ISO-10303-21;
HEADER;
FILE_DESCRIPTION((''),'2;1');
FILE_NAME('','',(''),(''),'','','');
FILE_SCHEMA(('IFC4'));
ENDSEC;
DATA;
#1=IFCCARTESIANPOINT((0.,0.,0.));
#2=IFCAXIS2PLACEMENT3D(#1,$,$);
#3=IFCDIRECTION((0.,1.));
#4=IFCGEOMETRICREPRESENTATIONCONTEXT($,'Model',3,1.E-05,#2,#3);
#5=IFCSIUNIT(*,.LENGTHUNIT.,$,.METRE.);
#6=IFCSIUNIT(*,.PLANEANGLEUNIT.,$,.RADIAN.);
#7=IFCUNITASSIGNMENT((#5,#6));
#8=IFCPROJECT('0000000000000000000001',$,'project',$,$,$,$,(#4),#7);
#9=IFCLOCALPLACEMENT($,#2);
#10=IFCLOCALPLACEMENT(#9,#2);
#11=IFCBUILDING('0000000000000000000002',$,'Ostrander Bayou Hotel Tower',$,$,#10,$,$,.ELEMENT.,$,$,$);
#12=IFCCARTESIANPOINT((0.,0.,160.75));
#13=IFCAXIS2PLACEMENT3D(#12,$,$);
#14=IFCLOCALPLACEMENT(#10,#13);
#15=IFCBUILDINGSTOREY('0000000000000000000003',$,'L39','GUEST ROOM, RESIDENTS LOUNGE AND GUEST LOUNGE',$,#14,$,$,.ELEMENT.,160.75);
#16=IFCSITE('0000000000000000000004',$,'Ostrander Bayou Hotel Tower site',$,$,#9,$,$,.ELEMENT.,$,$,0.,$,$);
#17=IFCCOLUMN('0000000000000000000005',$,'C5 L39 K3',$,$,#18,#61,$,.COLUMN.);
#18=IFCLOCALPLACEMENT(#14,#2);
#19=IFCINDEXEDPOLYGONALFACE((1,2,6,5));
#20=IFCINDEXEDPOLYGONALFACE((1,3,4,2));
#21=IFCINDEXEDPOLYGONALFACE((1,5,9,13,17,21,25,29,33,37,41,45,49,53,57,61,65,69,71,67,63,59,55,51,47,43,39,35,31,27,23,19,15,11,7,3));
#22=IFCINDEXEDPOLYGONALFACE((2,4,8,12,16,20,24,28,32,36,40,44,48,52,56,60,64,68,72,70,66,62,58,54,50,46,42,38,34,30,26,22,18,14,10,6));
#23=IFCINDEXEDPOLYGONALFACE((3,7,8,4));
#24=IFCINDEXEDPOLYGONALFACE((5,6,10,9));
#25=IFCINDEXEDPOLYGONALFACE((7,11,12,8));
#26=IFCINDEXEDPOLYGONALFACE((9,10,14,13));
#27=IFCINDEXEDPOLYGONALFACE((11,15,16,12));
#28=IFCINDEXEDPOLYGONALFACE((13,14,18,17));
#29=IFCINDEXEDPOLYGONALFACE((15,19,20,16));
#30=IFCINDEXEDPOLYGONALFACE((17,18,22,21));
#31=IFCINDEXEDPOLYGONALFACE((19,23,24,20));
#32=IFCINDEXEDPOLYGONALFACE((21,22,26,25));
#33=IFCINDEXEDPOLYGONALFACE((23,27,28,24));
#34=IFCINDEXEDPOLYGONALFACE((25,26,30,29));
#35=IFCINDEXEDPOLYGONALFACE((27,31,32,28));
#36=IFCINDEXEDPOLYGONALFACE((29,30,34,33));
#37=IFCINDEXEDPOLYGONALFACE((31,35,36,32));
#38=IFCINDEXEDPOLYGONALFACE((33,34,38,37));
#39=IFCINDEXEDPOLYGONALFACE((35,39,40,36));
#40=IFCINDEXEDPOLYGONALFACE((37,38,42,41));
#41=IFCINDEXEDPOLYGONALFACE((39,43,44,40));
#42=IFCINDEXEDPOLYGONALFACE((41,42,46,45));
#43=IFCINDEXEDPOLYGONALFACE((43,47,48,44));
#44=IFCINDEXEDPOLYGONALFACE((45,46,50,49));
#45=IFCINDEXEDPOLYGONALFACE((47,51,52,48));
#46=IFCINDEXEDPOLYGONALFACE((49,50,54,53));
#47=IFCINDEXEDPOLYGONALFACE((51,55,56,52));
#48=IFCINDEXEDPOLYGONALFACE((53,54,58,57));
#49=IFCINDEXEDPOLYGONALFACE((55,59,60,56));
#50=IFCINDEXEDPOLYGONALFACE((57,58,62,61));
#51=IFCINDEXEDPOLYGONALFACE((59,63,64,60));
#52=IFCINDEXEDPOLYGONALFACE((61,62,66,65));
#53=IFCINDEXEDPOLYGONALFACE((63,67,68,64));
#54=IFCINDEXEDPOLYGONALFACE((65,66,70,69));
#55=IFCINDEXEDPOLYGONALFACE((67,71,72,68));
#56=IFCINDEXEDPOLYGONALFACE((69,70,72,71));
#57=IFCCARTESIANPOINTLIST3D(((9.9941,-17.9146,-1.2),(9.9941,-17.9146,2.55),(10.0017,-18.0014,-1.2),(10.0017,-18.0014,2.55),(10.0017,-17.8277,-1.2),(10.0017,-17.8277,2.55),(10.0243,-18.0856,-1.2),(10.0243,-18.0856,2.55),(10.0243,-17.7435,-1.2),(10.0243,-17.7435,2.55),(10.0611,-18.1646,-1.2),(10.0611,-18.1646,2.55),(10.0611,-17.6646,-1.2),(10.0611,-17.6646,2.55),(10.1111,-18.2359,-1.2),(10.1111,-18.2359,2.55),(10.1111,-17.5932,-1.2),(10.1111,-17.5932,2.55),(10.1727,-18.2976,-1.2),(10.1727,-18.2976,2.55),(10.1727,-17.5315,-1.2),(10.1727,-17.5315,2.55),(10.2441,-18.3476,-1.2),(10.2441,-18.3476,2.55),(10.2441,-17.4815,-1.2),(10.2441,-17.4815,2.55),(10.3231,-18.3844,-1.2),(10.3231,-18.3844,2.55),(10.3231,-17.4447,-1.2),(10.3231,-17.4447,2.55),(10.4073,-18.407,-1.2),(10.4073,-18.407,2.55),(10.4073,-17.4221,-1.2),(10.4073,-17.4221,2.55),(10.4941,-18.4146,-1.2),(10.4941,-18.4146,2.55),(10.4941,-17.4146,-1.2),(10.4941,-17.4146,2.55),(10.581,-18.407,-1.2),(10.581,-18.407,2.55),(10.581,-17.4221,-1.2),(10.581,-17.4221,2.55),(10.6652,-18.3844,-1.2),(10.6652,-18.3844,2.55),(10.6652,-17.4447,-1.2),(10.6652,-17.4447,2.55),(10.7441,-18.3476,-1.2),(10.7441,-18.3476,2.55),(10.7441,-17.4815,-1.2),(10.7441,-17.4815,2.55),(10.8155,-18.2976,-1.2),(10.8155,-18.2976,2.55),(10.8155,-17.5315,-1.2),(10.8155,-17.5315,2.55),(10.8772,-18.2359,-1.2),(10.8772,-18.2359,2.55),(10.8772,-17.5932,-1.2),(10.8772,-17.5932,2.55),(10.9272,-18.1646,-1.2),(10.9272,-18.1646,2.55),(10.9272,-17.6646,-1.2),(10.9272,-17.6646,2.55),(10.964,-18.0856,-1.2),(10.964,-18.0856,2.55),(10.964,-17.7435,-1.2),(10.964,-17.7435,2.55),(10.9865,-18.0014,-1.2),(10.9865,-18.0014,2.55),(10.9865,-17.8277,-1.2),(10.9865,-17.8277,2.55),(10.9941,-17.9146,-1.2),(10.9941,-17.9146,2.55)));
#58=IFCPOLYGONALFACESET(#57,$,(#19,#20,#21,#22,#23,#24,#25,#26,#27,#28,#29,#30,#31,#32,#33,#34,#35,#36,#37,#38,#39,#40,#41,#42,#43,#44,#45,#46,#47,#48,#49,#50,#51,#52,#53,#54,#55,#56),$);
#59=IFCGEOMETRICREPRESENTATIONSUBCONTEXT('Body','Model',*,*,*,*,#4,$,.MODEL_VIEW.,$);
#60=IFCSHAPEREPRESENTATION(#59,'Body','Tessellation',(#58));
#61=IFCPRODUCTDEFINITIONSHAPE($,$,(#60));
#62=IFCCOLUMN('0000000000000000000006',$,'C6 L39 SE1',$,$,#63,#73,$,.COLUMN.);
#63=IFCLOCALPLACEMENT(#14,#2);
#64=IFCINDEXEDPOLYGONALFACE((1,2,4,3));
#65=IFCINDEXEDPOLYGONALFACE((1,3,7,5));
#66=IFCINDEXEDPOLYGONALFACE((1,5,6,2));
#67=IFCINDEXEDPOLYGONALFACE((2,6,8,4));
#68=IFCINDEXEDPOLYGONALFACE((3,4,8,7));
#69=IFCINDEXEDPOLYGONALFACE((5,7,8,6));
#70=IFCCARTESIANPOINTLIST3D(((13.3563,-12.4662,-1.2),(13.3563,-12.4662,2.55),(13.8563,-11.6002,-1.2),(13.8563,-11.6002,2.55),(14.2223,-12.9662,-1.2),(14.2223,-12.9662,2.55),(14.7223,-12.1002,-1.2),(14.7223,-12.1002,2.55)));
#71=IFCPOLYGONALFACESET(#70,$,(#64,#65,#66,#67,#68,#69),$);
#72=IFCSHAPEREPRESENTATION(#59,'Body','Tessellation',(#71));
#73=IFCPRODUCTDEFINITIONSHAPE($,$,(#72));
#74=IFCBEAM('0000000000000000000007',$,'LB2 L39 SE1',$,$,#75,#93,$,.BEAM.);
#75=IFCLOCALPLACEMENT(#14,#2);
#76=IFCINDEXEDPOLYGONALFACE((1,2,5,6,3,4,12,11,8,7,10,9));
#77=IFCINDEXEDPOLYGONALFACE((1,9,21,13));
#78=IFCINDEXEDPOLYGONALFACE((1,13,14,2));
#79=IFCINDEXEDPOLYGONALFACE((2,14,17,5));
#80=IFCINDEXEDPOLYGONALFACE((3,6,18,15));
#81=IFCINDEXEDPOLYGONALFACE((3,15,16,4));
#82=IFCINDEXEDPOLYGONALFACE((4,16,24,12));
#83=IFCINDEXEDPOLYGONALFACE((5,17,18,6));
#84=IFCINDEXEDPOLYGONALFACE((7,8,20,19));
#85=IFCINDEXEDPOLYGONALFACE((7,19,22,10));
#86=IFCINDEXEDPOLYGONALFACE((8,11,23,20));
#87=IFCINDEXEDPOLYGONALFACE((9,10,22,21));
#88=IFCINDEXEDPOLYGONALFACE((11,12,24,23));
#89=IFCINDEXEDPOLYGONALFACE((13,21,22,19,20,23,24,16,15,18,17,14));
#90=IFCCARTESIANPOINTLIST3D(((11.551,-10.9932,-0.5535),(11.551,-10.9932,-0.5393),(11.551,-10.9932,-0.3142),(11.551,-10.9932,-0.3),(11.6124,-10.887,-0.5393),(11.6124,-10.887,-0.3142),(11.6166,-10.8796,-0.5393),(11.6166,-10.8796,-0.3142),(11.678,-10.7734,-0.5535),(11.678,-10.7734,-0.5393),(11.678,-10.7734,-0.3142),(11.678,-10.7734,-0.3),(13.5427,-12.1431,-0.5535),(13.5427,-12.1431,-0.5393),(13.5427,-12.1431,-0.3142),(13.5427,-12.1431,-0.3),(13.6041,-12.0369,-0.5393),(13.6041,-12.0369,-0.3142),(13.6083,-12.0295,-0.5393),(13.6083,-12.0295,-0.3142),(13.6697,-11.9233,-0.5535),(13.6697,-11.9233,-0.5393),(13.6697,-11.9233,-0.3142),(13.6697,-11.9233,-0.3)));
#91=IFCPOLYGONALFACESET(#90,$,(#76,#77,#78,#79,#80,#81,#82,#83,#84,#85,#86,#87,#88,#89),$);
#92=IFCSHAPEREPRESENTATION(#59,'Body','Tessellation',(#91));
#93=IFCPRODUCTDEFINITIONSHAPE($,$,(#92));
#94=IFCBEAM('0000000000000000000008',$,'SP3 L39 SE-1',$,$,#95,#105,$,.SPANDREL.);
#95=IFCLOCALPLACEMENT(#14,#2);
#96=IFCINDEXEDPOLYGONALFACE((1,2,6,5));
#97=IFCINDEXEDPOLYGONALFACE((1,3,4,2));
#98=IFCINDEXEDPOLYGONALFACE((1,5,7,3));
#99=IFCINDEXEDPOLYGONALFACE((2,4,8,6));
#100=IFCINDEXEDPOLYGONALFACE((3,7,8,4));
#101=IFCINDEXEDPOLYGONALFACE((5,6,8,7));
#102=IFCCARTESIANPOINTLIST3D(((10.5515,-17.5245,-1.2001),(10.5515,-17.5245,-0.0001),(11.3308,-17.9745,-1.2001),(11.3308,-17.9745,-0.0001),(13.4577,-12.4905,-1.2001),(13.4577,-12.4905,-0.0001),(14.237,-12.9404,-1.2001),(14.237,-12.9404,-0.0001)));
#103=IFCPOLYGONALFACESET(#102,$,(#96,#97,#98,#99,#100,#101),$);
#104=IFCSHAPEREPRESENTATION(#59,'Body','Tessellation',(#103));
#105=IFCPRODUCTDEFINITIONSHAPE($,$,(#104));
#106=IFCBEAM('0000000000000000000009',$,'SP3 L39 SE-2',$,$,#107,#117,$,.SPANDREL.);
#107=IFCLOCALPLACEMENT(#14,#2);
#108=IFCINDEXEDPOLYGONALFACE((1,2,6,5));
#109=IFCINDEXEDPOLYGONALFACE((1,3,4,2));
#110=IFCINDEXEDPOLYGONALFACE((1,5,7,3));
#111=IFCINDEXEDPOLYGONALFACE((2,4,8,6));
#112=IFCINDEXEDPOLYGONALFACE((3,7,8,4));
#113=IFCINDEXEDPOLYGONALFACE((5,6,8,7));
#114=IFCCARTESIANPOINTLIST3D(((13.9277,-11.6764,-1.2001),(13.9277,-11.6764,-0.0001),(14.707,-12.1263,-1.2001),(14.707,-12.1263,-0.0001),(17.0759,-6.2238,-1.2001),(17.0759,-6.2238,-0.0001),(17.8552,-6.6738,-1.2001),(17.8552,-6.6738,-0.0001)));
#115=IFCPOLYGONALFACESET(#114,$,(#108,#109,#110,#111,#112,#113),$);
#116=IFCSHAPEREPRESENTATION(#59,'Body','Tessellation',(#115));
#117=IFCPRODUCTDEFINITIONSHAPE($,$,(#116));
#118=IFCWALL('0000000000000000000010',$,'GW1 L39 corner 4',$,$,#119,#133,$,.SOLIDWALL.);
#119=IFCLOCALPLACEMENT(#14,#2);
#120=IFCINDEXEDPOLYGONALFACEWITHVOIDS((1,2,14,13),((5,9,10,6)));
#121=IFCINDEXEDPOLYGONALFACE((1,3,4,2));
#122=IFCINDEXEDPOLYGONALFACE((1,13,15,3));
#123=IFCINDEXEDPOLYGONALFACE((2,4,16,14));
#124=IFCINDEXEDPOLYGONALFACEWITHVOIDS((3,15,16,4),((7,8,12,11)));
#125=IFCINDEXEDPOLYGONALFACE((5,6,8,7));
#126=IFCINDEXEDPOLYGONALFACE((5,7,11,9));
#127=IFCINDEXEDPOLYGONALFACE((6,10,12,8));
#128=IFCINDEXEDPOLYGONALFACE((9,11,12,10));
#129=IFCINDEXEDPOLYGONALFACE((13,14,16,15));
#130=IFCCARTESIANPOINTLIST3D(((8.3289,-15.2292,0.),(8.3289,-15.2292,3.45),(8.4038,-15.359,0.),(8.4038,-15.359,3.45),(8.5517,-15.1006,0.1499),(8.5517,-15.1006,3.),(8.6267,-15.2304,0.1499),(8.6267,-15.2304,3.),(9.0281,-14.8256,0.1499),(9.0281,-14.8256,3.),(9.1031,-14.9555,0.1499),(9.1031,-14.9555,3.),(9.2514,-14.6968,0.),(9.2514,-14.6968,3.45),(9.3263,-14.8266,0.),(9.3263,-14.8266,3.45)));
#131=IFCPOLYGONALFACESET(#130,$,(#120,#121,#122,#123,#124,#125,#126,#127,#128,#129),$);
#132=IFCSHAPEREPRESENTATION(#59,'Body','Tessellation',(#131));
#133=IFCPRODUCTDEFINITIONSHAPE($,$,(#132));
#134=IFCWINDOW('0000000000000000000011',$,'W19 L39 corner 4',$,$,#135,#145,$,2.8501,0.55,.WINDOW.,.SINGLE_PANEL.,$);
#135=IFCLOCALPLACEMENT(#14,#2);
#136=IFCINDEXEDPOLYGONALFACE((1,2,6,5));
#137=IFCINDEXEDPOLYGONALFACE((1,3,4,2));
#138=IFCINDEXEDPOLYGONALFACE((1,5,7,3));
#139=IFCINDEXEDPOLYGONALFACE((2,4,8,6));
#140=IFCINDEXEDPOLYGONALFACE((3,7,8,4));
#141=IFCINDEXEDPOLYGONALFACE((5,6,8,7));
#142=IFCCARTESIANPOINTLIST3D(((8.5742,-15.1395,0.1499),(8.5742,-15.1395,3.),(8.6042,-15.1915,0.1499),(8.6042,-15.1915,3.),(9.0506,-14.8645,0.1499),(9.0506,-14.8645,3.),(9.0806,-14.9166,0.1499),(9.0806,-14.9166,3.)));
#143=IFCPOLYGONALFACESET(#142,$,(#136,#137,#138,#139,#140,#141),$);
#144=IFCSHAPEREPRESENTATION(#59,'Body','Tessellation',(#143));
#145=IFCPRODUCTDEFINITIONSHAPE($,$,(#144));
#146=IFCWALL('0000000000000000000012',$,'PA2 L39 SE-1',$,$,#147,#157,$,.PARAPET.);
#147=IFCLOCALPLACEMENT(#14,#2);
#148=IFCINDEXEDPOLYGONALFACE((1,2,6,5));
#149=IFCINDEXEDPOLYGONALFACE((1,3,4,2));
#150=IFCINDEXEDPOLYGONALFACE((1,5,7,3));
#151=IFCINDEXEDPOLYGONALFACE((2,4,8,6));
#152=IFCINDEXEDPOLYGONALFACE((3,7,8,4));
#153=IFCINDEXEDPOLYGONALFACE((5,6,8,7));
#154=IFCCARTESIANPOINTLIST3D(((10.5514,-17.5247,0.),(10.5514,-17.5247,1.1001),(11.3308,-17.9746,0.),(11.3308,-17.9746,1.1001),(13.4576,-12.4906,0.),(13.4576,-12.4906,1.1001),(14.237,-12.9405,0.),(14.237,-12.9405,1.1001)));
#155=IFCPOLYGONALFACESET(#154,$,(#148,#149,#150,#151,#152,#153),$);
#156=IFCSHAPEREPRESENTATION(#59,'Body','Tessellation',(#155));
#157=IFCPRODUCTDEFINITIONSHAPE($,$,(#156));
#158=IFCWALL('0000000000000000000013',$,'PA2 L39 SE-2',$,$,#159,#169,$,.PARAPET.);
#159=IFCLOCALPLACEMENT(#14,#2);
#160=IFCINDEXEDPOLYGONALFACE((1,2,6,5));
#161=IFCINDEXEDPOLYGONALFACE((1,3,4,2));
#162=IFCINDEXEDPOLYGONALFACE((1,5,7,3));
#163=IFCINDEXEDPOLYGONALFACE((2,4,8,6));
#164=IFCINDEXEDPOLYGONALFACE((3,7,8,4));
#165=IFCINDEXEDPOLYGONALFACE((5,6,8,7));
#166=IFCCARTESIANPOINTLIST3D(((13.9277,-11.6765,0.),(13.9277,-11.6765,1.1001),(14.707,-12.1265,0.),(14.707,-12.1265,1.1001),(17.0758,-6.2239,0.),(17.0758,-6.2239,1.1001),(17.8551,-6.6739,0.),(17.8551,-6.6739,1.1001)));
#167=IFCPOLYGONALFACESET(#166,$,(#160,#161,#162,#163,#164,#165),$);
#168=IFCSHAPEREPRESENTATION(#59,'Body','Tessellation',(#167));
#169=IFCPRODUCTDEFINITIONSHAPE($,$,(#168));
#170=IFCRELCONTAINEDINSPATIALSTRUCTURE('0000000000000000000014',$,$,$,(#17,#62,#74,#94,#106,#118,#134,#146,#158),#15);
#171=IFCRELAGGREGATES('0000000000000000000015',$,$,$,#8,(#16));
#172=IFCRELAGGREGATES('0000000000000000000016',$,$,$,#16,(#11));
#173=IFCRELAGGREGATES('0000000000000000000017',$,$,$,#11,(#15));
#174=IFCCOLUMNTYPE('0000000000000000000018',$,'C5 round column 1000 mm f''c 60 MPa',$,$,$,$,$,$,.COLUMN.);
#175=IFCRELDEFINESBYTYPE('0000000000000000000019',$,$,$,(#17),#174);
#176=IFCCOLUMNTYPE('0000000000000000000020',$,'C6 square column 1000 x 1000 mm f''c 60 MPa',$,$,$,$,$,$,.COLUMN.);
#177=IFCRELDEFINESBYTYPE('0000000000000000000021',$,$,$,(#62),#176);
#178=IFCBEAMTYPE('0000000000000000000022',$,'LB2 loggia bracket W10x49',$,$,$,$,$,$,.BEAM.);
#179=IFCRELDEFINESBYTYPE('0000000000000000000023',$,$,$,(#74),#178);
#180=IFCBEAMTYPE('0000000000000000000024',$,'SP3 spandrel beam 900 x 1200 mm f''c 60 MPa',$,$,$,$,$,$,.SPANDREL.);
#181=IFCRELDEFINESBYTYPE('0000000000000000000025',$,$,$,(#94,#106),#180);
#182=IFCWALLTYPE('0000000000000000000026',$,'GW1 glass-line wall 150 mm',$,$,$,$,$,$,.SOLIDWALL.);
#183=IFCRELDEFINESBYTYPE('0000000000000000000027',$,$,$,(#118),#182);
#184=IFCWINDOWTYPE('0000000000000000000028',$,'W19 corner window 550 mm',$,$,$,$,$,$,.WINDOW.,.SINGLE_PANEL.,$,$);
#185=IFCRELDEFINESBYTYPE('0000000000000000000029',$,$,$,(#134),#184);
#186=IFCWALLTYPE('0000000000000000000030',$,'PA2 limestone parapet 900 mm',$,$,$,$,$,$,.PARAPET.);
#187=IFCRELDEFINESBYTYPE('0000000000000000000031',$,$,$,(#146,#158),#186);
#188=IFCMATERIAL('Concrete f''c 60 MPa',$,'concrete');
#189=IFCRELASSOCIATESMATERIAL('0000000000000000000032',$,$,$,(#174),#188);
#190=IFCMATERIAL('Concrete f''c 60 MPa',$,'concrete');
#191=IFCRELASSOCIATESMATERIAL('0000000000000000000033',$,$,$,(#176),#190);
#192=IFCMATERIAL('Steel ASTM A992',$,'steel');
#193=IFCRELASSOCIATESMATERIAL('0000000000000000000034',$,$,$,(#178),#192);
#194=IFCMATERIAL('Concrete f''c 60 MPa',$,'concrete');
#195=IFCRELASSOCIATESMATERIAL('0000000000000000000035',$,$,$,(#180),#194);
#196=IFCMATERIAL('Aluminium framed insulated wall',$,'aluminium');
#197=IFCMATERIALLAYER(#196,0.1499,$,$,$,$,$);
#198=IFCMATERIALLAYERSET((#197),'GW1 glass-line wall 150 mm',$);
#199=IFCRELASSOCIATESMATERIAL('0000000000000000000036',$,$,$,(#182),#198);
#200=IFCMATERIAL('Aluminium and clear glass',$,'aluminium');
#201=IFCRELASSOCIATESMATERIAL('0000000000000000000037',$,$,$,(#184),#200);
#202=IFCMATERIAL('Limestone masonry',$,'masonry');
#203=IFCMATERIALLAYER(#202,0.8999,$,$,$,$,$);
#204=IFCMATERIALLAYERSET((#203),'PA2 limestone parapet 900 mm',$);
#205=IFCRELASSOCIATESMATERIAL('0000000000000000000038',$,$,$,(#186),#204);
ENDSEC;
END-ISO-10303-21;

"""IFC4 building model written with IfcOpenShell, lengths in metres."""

from ifc_helpers import new_model, si_unit, direction, frame, frame_2d, origin, origin_2d, place, context, subcontext, project, spatial, rectangle, circle, i_section, extrude, material, layer, layer_set, material_profile, profile_set, type_object, element, fill, save


model = new_model("IFC4")

# Units and contexts
model_context = context("Model", 3, precision=1e-05, world=origin(), true_north=direction((0.0, 1.0)))
body_context = subcontext(model_context, "Body", "Model", "MODEL_VIEW")
ifc_project = project(units=[si_unit("LENGTHUNIT", "METRE"), si_unit("PLANEANGLEUNIT", "RADIAN")], contexts=[model_context])

# Site, building, storey
site_placement = place(None, origin())
site = spatial("IfcSite", under=ifc_project, at=site_placement, Name="Ostrander Bayou Hotel Tower site", CompositionType="ELEMENT", RefElevation=0.0)
building_placement = place(site_placement, origin())
building = spatial("IfcBuilding", under=site, at=building_placement, Name="Ostrander Bayou Hotel Tower", CompositionType="ELEMENT")
storey_placement = place(building_placement, frame((0.0, 0.0, 160.75)))
storey = spatial("IfcBuildingStorey", under=building, at=storey_placement, Name="L39", Description="GUEST ROOM, RESIDENTS LOUNGE AND GUEST LOUNGE", CompositionType="ELEMENT", Elevation=160.75)

# Columns
ifc_material_1 = material(Name="Concrete f'c 60 MPa", Category="concrete")
ifc_material_profile_1 = material_profile(ifc_material_1, circle(Radius=0.5, at=origin_2d()))
ifc_profile_set_1 = profile_set([ifc_material_profile_1], Name="Concrete f'c 60 MPa")
column_type_1 = type_object("IfcColumnType", Name="C5 round column 1000 mm f'c 60 MPa", PredefinedType="COLUMN", material=ifc_profile_set_1)
column_1_placement = place(storey_placement, frame((10.4941, -17.9146, -1.2), z_axis=(0.0, 0.0, 1.0), x_axis=(1.0, 0.0, 0.0)))
element("IfcColumn", 1, at=column_1_placement, inside=storey, type_object=column_type_1, Name="C5 L39 K3", PredefinedType="COLUMN", context=body_context, shape_type="SweptSolid", body=[
    extrude(circle(Radius=0.5, at=origin_2d()), origin(), (0.0, 0.0, 1.0), 3.75),
])
ifc_material_2 = material(Name="Concrete f'c 60 MPa", Category="concrete")
ifc_material_profile_2 = material_profile(ifc_material_2, rectangle(XDim=1.0, YDim=1.0, at=origin_2d()))
ifc_profile_set_2 = profile_set([ifc_material_profile_2], Name="Concrete f'c 60 MPa")
column_type_2 = type_object("IfcColumnType", Name="C6 square column 1000 x 1000 mm f'c 60 MPa", PredefinedType="COLUMN", material=ifc_profile_set_2)
column_2_placement = place(storey_placement, frame((14.0393, -12.2832, -1.2), z_axis=(0.0, 0.0, 1.0), x_axis=(-0.5, -0.866025, 0.0)))
element("IfcColumn", 2, at=column_2_placement, inside=storey, type_object=column_type_2, Name="C6 L39 SE1", PredefinedType="COLUMN", context=body_context, shape_type="SweptSolid", body=[
    extrude(rectangle(XDim=1.0, YDim=1.0, at=origin_2d()), origin(), (0.0, 0.0, 1.0), 3.75),
])

# Beams
ifc_material_3 = material(Name="Steel ASTM A992", Category="steel")
ifc_material_profile_3 = material_profile(ifc_material_3, i_section(OverallWidth=0.2539, OverallDepth=0.2534, WebThickness=0.0085, FlangeThickness=0.0142, at=origin_2d()))
ifc_profile_set_3 = profile_set([ifc_material_profile_3], Name="Steel ASTM A992")
beam_type_1 = type_object("IfcBeamType", Name="LB2 loggia bracket W10x49", PredefinedType="BEAM", material=ifc_profile_set_3)
beam_1_placement = place(storey_placement, frame((13.6062, -12.0332, -0.4268), z_axis=(-0.866026, 0.499998, 0.0), x_axis=(-0.499998, -0.866026, 0.0)))
element("IfcBeam", 3, at=beam_1_placement, inside=storey, type_object=beam_type_1, Name="LB2 L39 SE1", PredefinedType="BEAM", context=body_context, shape_type="SweptSolid", body=[
    extrude(i_section(OverallWidth=0.2539, OverallDepth=0.2534, WebThickness=0.0085, FlangeThickness=0.0142, at=origin_2d()), origin(), (0.0, 0.0, 1.0), 2.2998),
])
ifc_material_4 = material(Name="Concrete f'c 60 MPa", Category="concrete")
ifc_material_profile_4 = material_profile(ifc_material_4, rectangle(XDim=0.8999, YDim=1.2, at=origin_2d()))
ifc_profile_set_4 = profile_set([ifc_material_profile_4], Name="Concrete f'c 60 MPa")
beam_type_2 = type_object("IfcBeamType", Name="SP3 spandrel beam 900 x 1200 mm f'c 60 MPa", PredefinedType="SPANDREL", material=ifc_profile_set_4)
beam_2_placement = place(storey_placement, frame((10.9412, -17.7495, -0.6001), z_axis=(0.49997, 0.866043, 0.0), x_axis=(-0.866043, 0.49997, 0.0)))
element("IfcBeam", 4, at=beam_2_placement, inside=storey, type_object=beam_type_2, Name="SP3 L39 SE-1", PredefinedType="SPANDREL", context=body_context, shape_type="SweptSolid", body=[
    extrude(rectangle(XDim=0.8999, YDim=1.2, at=origin_2d()), origin(), (0.0, 0.0, 1.0), 5.8127),
])
beam_3_placement = place(storey_placement, frame((14.3174, -11.9014, -0.6001), z_axis=(0.500013, 0.866018, 0.0), x_axis=(-0.866018, 0.500013, 0.0)))
element("IfcBeam", 5, at=beam_3_placement, inside=storey, type_object=beam_type_2, Name="SP3 L39 SE-2", PredefinedType="SPANDREL", context=body_context, shape_type="SweptSolid", body=[
    extrude(rectangle(XDim=0.8999, YDim=1.2, at=origin_2d()), origin(), (0.0, 0.0, 1.0), 6.2961),
])

# Shared definitions
ifc_material_5 = material(Name="Aluminium framed insulated wall", Category="aluminium")
ifc_layer_1 = layer(ifc_material_5, 0.1499)
ifc_layer_set_1 = layer_set([ifc_layer_1], Name="GW1 glass-line wall 150 mm")
wall_type_1 = type_object("IfcWallType", Name="GW1 glass-line wall 150 mm", PredefinedType="SOLIDWALL", material=ifc_layer_set_1)

# Wall, opening, window
wall_1_placement = place(storey_placement, frame((8.3662, -15.2942, 0.0), z_axis=(0.0, 0.0, 1.0), x_axis=(0.866105, 0.499861, 0.0)))
wall_1 = element("IfcWall", 6, at=wall_1_placement, inside=storey, type_object=wall_type_1, Name="GW1 L39 corner 4", PredefinedType="SOLIDWALL", context=body_context, shape_type="SweptSolid", body=[
    extrude(rectangle(XDim=1.0652, YDim=0.1499, at=frame_2d((0.5327, 0.0))), origin(), (0.0, 0.0, 1.0), 3.45),
])
opening_1_placement = place(wall_1_placement, frame((0.2576, 0.0, 0.1499)))
opening_1 = element("IfcOpeningElement", 7, at=opening_1_placement, cuts=wall_1, PredefinedType="OPENING", context=body_context, shape_type="SweptSolid", body=[
    extrude(rectangle(XDim=0.55, YDim=2.8501, at=frame_2d((0.2749, 1.425))), frame((0.0, 0.075, 0.0), z_axis=(0.0, -1.0, 0.0), x_axis=(1.0, 0.0, 0.0)), (0.0, 0.0, 1.0), 0.1499),
])
ifc_material_6 = material(Name="Aluminium and clear glass", Category="aluminium")
window_type_1 = type_object("IfcWindowType", Name="W19 corner window 550 mm", PartitioningType="SINGLE_PANEL", PredefinedType="WINDOW", material=ifc_material_6)
window_1_placement = place(opening_1_placement, origin())
window_1 = element("IfcWindow", 8, at=window_1_placement, inside=storey, type_object=window_type_1, Name="W19 L39 corner 4", OverallHeight=2.8501, OverallWidth=0.55, PartitioningType="SINGLE_PANEL", PredefinedType="WINDOW", context=body_context, shape_type="SweptSolid", body=[
    extrude(rectangle(XDim=0.55, YDim=2.8501, at=frame_2d((0.2749, 1.425))), frame((0.0, 0.03, 0.0), z_axis=(0.0, -1.0, 0.0), x_axis=(1.0, 0.0, 0.0)), (0.0, 0.0, 1.0), 0.0601),
])
fill(opening_1, window_1)

# Walls
ifc_material_7 = material(Name="Limestone masonry", Category="masonry")
ifc_layer_2 = layer(ifc_material_7, 0.8999)
ifc_layer_set_2 = layer_set([ifc_layer_2], Name="PA2 limestone parapet 900 mm")
wall_type_2 = type_object("IfcWallType", Name="PA2 limestone parapet 900 mm", PredefinedType="PARAPET", material=ifc_layer_set_2)
wall_2_placement = place(storey_placement, frame((10.9412, -17.7495, 0.0), z_axis=(0.0, 0.0, 1.0), x_axis=(0.49997, 0.866043, 0.0)))
element("IfcWall", 9, at=wall_2_placement, inside=storey, type_object=wall_type_2, Name="PA2 L39 SE-1", PredefinedType="PARAPET", context=body_context, shape_type="SweptSolid", body=[
    extrude(rectangle(XDim=5.8127, YDim=0.8999, at=frame_2d((2.9062, 0.0))), origin(), (0.0, 0.0, 1.0), 1.1001),
])
wall_3_placement = place(storey_placement, frame((14.3174, -11.9014, 0.0), z_axis=(0.0, 0.0, 1.0), x_axis=(0.500013, 0.866018, 0.0)))
element("IfcWall", 10, at=wall_3_placement, inside=storey, type_object=wall_type_2, Name="PA2 L39 SE-2", PredefinedType="PARAPET", context=body_context, shape_type="SweptSolid", body=[
    extrude(rectangle(XDim=6.2961, YDim=0.8999, at=frame_2d((3.1479, 0.0))), origin(), (0.0, 0.0, 1.0), 1.1001),
])

save(model, "model.ifc")
